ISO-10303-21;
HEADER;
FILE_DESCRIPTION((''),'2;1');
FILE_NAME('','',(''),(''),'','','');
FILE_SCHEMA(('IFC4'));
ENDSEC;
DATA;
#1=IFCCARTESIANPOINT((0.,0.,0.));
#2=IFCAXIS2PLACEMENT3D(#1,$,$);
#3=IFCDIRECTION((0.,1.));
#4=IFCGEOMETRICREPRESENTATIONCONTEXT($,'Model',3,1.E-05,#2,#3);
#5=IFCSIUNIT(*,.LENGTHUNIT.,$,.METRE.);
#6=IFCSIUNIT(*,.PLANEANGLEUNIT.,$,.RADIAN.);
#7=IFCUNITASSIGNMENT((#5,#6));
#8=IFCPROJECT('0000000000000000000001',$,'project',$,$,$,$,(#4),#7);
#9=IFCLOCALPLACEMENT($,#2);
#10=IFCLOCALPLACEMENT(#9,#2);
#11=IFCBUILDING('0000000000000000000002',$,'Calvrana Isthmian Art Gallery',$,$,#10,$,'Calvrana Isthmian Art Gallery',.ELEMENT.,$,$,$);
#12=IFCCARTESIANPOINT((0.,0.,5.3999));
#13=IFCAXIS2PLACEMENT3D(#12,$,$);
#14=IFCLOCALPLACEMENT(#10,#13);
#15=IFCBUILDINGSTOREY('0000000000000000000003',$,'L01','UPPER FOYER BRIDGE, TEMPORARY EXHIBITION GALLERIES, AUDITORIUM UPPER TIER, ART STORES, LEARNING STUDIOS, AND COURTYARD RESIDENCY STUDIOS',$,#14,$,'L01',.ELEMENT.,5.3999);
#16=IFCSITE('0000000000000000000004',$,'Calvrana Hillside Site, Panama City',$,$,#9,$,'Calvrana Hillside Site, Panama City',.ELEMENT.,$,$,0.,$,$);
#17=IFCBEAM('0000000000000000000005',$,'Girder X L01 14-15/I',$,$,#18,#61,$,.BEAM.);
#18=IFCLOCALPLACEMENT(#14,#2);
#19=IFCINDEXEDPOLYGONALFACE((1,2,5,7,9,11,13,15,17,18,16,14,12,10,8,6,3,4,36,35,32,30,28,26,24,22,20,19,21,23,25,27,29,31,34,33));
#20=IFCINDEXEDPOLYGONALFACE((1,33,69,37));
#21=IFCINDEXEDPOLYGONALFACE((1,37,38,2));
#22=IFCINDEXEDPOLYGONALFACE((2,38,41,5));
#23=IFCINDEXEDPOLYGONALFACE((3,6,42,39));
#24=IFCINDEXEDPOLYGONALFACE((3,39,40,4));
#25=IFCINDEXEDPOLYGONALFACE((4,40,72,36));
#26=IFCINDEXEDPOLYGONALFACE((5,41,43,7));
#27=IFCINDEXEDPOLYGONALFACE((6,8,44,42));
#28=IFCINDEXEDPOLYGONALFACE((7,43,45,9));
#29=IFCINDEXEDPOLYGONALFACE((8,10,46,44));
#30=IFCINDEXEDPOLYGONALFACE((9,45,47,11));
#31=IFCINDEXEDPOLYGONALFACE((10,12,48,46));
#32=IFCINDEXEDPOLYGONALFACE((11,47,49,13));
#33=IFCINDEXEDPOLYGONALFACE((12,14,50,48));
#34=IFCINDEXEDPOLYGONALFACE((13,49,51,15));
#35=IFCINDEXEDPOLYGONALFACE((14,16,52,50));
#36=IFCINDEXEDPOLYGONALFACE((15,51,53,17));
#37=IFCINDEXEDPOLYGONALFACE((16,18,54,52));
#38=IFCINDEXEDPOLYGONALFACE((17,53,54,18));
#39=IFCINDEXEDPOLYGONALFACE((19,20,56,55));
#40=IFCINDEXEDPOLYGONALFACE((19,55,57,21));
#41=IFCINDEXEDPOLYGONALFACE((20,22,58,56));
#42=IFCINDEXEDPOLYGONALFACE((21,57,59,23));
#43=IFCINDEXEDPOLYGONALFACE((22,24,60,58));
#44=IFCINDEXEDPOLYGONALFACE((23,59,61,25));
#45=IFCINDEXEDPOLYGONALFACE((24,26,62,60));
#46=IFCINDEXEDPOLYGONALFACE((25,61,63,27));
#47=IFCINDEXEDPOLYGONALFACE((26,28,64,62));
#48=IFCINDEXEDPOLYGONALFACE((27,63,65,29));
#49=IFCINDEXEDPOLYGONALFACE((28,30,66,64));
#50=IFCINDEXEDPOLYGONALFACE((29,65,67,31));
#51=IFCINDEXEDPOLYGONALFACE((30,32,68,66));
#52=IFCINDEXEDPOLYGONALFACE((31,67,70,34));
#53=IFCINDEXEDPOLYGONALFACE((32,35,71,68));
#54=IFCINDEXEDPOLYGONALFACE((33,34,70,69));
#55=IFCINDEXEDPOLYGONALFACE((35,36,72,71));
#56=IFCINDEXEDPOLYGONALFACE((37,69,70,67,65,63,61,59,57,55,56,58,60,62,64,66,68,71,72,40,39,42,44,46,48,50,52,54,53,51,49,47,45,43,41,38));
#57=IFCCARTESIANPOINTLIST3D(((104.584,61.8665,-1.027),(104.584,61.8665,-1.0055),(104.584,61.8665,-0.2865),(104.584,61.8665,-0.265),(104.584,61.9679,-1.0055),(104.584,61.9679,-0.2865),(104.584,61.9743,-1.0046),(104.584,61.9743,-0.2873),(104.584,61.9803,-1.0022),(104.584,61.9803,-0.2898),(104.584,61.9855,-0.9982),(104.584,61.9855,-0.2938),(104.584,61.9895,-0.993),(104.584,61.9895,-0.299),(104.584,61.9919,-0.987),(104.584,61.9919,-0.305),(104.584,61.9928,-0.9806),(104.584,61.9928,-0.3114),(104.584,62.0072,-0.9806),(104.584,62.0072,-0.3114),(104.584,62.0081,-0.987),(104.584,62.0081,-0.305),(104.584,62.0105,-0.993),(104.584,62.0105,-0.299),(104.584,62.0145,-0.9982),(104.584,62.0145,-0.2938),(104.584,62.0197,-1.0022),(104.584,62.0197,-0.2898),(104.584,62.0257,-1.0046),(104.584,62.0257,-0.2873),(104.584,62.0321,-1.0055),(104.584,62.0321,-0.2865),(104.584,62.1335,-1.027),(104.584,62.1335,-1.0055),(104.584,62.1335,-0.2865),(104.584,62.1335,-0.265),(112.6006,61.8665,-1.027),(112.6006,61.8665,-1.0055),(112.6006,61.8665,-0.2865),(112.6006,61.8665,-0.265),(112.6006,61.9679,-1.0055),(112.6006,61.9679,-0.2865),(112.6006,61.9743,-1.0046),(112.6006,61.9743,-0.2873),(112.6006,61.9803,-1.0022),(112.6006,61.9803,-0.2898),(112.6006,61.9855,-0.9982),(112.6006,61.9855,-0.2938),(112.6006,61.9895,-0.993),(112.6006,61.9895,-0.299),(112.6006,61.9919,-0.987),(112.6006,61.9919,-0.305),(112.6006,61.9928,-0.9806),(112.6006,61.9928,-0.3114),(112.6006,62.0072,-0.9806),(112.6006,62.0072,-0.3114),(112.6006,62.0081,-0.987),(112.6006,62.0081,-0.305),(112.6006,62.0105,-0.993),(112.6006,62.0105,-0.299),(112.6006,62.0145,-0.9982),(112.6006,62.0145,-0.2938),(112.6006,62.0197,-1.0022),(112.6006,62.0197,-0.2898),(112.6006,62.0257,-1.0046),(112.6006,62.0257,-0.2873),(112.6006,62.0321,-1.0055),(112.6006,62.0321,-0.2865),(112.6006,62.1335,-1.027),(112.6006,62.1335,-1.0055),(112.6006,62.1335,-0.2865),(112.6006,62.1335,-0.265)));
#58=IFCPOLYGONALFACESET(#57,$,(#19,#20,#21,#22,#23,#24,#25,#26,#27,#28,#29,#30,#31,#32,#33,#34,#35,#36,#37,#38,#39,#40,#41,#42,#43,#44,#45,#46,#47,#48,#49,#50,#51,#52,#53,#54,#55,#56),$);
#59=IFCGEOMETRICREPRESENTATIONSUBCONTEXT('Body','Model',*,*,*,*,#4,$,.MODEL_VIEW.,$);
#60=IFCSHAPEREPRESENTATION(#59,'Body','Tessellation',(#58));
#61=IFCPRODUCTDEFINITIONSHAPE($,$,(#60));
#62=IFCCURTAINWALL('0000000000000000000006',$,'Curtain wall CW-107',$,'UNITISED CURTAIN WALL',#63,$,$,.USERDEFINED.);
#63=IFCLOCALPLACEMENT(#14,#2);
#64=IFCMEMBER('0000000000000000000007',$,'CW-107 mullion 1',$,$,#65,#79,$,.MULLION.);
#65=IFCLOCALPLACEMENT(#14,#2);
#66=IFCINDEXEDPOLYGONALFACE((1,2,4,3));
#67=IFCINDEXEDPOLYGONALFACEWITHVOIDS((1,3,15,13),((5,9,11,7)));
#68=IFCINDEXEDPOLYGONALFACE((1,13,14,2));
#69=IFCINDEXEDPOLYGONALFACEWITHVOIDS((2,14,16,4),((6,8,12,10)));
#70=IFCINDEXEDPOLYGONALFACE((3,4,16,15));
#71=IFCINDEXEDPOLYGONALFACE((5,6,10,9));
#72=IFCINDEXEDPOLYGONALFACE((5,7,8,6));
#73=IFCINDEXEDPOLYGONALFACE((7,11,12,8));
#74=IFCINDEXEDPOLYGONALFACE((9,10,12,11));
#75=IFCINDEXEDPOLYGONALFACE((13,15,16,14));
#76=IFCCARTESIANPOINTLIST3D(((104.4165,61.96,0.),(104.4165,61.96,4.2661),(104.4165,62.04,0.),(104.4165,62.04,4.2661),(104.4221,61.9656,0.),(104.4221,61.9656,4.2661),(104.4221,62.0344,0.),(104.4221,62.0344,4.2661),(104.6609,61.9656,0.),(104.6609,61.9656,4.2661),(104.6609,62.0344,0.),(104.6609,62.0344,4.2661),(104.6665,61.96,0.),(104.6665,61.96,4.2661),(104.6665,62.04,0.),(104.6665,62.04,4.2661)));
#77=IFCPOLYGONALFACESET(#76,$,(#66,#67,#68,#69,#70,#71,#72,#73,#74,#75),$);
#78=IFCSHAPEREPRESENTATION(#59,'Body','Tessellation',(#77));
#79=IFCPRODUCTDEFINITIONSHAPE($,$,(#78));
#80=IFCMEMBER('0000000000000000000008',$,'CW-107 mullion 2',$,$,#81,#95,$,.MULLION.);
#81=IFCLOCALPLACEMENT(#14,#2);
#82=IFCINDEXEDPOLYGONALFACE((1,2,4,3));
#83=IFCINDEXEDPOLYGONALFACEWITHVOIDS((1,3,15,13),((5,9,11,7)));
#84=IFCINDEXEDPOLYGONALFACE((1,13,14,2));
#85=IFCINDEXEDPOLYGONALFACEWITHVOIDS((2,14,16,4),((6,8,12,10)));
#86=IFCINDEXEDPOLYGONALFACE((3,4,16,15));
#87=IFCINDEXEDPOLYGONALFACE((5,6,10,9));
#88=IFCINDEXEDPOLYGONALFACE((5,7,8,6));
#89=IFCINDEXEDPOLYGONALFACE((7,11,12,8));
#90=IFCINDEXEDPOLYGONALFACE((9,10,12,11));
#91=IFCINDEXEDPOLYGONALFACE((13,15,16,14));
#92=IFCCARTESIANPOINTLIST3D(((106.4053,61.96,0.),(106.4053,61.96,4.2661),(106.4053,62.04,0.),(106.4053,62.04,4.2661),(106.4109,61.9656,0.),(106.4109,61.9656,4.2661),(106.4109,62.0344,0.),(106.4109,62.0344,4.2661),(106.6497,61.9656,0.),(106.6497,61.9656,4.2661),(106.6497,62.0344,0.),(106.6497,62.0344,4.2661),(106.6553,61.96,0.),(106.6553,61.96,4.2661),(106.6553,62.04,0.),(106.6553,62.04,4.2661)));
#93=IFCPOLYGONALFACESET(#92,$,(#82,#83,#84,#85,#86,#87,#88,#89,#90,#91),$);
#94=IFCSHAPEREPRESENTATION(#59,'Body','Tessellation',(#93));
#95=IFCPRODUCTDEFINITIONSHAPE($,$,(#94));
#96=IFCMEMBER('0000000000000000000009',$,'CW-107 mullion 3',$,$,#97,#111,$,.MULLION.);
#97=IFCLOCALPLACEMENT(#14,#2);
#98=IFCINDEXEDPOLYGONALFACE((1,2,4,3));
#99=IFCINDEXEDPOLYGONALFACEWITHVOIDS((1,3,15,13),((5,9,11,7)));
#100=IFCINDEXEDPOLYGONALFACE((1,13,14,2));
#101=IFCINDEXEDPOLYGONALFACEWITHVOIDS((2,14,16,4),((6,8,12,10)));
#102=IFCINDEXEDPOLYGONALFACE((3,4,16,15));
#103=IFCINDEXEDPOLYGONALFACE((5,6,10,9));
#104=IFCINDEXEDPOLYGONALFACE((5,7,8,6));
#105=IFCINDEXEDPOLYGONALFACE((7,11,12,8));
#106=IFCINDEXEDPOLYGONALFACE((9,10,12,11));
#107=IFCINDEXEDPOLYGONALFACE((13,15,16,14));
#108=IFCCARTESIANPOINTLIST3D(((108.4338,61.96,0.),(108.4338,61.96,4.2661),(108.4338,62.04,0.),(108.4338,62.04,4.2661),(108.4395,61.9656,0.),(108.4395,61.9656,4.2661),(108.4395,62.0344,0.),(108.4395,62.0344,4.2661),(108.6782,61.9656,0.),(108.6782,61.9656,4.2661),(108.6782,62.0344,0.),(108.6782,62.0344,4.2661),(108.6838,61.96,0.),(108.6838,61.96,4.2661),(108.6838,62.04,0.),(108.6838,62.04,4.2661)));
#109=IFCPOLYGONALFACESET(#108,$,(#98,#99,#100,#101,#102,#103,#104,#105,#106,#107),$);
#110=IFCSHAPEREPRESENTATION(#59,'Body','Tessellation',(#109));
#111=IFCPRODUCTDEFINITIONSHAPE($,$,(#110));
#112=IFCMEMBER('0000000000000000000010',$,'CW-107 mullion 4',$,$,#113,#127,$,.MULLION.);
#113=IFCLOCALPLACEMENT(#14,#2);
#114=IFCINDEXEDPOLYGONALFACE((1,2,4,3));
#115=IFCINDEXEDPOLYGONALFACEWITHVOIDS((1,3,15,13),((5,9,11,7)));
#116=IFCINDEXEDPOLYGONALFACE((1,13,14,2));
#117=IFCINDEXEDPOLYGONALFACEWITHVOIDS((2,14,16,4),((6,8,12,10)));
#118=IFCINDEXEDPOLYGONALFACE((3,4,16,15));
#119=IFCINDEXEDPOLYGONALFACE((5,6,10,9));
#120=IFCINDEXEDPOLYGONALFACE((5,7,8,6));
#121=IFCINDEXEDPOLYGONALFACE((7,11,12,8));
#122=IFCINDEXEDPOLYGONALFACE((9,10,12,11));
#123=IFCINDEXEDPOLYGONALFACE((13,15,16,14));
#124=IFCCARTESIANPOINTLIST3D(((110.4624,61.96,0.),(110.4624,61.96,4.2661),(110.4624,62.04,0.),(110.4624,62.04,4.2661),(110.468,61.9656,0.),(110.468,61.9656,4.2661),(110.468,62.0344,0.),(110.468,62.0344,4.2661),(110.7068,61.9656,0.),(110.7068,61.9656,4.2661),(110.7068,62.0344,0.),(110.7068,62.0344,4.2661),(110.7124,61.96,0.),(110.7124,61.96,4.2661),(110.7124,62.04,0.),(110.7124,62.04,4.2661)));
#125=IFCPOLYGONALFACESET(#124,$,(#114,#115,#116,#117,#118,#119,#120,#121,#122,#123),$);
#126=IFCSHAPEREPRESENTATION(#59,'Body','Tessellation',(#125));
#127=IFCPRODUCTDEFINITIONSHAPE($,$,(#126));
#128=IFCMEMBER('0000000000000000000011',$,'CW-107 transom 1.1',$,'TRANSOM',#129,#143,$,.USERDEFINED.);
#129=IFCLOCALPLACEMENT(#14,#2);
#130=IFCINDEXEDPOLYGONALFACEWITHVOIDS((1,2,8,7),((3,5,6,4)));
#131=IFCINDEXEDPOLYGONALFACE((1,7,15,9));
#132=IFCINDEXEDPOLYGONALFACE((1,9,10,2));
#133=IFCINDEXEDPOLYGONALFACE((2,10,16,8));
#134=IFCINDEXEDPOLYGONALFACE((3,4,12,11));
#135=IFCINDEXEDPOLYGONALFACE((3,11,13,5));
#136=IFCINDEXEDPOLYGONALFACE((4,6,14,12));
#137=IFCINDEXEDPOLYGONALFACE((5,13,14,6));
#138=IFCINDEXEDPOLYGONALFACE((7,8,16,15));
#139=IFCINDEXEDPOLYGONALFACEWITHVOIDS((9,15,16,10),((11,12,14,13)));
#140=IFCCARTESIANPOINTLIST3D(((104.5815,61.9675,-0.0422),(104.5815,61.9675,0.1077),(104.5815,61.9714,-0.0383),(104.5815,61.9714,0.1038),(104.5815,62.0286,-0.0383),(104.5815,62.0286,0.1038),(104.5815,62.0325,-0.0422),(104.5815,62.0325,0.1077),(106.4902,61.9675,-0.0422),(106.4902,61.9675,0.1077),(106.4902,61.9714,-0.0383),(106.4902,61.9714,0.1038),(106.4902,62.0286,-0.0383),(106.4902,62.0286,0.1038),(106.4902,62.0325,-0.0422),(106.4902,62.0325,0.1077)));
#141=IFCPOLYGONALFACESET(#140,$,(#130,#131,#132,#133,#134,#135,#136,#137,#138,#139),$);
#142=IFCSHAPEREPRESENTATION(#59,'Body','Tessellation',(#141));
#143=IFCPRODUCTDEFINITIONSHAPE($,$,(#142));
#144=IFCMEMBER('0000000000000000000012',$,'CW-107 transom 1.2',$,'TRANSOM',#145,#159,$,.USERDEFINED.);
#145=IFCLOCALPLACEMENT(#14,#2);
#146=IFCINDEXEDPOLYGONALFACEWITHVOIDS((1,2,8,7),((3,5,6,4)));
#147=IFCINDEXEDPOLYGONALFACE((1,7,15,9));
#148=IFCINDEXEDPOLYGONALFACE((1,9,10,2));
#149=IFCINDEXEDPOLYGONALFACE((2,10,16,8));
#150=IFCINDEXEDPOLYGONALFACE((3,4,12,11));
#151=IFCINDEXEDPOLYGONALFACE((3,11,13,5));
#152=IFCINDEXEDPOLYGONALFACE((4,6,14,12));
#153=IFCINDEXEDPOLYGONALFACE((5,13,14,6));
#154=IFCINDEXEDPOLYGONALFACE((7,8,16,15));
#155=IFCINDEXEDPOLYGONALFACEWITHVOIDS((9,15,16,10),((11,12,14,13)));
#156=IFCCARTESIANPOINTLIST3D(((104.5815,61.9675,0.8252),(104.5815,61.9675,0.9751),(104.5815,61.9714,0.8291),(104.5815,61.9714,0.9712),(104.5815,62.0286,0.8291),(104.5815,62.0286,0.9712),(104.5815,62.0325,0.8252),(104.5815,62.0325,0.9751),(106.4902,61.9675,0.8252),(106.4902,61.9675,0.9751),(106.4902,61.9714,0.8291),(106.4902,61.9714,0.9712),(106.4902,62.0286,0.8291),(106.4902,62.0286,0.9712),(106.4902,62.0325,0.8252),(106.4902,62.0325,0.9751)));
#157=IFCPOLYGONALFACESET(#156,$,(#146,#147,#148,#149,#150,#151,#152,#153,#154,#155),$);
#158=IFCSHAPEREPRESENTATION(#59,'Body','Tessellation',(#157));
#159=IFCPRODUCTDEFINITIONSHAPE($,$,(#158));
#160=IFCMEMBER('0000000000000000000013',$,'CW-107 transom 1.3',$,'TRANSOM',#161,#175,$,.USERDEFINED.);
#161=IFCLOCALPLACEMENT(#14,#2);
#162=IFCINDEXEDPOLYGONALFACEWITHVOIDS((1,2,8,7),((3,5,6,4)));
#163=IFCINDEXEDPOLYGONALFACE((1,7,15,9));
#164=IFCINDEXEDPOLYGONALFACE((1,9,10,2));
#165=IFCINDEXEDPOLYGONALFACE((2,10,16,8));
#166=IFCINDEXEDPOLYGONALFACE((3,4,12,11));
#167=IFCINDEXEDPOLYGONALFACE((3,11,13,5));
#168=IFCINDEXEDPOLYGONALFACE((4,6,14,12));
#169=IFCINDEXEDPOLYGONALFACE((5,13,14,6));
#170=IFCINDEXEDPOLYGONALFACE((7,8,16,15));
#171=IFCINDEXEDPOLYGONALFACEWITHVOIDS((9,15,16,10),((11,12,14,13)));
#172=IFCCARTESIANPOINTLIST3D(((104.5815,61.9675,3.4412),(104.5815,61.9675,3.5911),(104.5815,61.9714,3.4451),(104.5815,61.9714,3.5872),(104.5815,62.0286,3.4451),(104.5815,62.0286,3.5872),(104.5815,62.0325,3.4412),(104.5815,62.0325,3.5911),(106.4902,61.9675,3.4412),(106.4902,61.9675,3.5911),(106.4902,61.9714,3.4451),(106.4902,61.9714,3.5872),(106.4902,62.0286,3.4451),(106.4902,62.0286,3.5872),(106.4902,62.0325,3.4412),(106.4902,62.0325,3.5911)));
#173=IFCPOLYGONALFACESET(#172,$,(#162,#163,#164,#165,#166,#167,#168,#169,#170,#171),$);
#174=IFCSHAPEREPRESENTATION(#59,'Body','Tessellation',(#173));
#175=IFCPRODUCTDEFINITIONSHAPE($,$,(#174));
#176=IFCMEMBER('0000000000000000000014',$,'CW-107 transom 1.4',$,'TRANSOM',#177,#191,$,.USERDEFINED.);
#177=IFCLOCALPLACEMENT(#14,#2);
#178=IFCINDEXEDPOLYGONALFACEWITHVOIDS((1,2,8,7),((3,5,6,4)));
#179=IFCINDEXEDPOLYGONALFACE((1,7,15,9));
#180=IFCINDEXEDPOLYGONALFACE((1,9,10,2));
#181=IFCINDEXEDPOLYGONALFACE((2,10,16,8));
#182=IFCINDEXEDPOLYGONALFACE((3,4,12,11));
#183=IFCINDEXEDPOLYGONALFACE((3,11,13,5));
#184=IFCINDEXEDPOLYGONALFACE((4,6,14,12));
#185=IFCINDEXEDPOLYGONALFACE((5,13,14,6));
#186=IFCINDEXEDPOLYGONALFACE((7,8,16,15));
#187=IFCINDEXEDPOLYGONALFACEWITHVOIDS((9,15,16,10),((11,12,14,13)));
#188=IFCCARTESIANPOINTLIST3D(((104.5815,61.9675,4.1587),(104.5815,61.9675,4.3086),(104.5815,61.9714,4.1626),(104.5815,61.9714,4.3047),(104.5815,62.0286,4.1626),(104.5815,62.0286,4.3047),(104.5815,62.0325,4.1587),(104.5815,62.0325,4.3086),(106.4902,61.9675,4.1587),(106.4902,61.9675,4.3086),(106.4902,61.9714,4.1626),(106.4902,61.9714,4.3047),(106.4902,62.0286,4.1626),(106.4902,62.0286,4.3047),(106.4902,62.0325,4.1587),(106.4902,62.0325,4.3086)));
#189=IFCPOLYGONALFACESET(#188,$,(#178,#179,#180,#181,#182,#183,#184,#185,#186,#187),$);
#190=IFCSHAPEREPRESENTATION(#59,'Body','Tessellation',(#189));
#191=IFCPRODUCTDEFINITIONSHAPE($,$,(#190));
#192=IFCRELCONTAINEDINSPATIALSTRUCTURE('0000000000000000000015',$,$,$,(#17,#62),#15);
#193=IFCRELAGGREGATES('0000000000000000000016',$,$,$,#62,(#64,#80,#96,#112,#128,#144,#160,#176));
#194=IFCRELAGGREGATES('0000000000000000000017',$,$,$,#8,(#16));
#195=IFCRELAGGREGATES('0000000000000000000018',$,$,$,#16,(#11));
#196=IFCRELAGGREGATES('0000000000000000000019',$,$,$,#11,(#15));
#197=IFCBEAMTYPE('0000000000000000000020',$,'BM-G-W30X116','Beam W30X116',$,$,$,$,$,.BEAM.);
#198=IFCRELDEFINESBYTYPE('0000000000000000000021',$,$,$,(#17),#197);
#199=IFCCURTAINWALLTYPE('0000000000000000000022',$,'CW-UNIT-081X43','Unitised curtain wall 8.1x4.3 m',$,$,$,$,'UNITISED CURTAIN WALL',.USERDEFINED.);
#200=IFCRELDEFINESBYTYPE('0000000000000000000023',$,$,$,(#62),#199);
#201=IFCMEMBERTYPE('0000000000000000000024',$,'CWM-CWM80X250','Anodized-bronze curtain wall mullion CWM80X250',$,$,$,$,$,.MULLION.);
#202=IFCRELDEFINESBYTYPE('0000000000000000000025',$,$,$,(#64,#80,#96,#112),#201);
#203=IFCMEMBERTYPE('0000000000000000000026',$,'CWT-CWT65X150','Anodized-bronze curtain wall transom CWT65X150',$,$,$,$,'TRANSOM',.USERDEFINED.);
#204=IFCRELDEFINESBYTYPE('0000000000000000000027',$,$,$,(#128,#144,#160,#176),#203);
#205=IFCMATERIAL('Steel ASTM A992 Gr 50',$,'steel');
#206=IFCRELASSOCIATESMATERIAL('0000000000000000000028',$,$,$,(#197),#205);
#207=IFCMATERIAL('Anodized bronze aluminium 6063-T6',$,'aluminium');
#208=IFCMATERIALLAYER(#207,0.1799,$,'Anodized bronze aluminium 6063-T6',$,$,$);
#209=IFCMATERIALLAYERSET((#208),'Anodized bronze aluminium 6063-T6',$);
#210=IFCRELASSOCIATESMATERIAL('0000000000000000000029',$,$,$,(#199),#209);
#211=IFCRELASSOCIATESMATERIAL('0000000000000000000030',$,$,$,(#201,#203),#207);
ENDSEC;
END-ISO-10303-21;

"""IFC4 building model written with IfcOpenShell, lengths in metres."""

from ifc_helpers import new_model, si_unit, direction, frame, origin, origin_2d, place, context, subcontext, project, spatial, hollow_rectangle, i_section, extrude, material, layer, layer_set, material_profile, profile_set, type_object, element, aggregate, save


model = new_model("IFC4")

# Units and contexts
model_context = context("Model", 3, precision=1e-05, world=origin(), true_north=direction((0.0, 1.0)))
body_context = subcontext(model_context, "Body", "Model", "MODEL_VIEW")
ifc_project = project(units=[si_unit("LENGTHUNIT", "METRE"), si_unit("PLANEANGLEUNIT", "RADIAN")], contexts=[model_context])

# Site, building, storey
site_placement = place(None, origin())
site = spatial("IfcSite", under=ifc_project, at=site_placement, Name="Calvrana Hillside Site, Panama City", LongName="Calvrana Hillside Site, Panama City", CompositionType="ELEMENT", RefElevation=0.0)
building_placement = place(site_placement, origin())
building = spatial("IfcBuilding", under=site, at=building_placement, Name="Calvrana Isthmian Art Gallery", LongName="Calvrana Isthmian Art Gallery", CompositionType="ELEMENT")
storey_placement = place(building_placement, frame((0.0, 0.0, 5.3999)))
storey = spatial("IfcBuildingStorey", under=building, at=storey_placement, Name="L01", Description="UPPER FOYER BRIDGE, TEMPORARY EXHIBITION GALLERIES, AUDITORIUM UPPER TIER, ART STORES, LEARNING STUDIOS, AND COURTYARD RESIDENCY STUDIOS", LongName="L01", CompositionType="ELEMENT", Elevation=5.3999)

# Beam
ifc_material_1 = material(Name="Steel ASTM A992 Gr 50", Category="steel")
ifc_material_profile_1 = material_profile(ifc_material_1, i_section(OverallWidth=0.2671, OverallDepth=0.762, WebThickness=0.0144, FlangeThickness=0.0215, FilletRadius=0.0249, at=origin_2d()), Name="W30X116")
ifc_profile_set_1 = profile_set([ifc_material_profile_1], Name="Steel ASTM A992 Gr 50")
beam_type = type_object("IfcBeamType", Name="BM-G-W30X116", Description="Beam W30X116", PredefinedType="BEAM", material=ifc_profile_set_1)
beam_placement = place(storey_placement, frame((104.584, 62.0, -0.646), z_axis=(1.0, 0.0, 0.0), x_axis=(0.0, 1.0, 0.0)))
element("IfcBeam", 1, at=beam_placement, inside=storey, type_object=beam_type, Name="Girder X L01 14-15/I", PredefinedType="BEAM", context=body_context, shape_type="SweptSolid", body=[
    extrude(i_section(OverallWidth=0.2671, OverallDepth=0.762, WebThickness=0.0144, FlangeThickness=0.0215, FilletRadius=0.0249, at=origin_2d()), origin(), (0.0, 0.0, 1.0), 8.0166),
])

# Curtain wall, members
ifc_material_2 = material(Name="Anodized bronze aluminium 6063-T6", Category="aluminium")
ifc_layer_1 = layer(ifc_material_2, 0.1799, Name="Anodized bronze aluminium 6063-T6")
ifc_layer_set_1 = layer_set([ifc_layer_1], Name="Anodized bronze aluminium 6063-T6")
curtain_wall_type = type_object("IfcCurtainWallType", Name="CW-UNIT-081X43", Description="Unitised curtain wall 8.1x4.3 m", ElementType="UNITISED CURTAIN WALL", PredefinedType="USERDEFINED", material=ifc_layer_set_1)
curtain_wall_placement = place(storey_placement, origin())
curtain_wall = element("IfcCurtainWall", 2, at=curtain_wall_placement, inside=storey, type_object=curtain_wall_type, Name="Curtain wall CW-107", ObjectType="UNITISED CURTAIN WALL", PredefinedType="USERDEFINED")
ifc_material_profile_2 = material_profile(ifc_material_2, hollow_rectangle(XDim=0.0801, YDim=0.25, WallThickness=0.0056, at=origin_2d()), Name="CWM80X250")
ifc_profile_set_2 = profile_set([ifc_material_profile_2], Name="Anodized bronze aluminium 6063-T6")
member_type_1 = type_object("IfcMemberType", Name="CWM-CWM80X250", Description="Anodized-bronze curtain wall mullion CWM80X250", PredefinedType="MULLION", material=ifc_profile_set_2)
member_1_placement = place(storey_placement, frame((104.5415, 62.0, 0.0), z_axis=(0.0, 0.0, 1.0), x_axis=(0.0, 1.0, 0.0)))
member_1 = element("IfcMember", 3, at=member_1_placement, type_object=member_type_1, Name="CW-107 mullion 1", PredefinedType="MULLION", context=body_context, shape_type="SweptSolid", body=[
    extrude(hollow_rectangle(XDim=0.0801, YDim=0.25, WallThickness=0.0056, at=origin_2d()), origin(), (0.0, 0.0, 1.0), 4.2661),
])
member_2_placement = place(storey_placement, frame((106.5303, 62.0, 0.0), z_axis=(0.0, 0.0, 1.0), x_axis=(0.0, 1.0, 0.0)))
member_2 = element("IfcMember", 4, at=member_2_placement, type_object=member_type_1, Name="CW-107 mullion 2", PredefinedType="MULLION", context=body_context, shape_type="SweptSolid", body=[
    extrude(hollow_rectangle(XDim=0.0801, YDim=0.25, WallThickness=0.0056, at=origin_2d()), origin(), (0.0, 0.0, 1.0), 4.2661),
])
member_3_placement = place(storey_placement, frame((108.5588, 62.0, 0.0), z_axis=(0.0, 0.0, 1.0), x_axis=(0.0, 1.0, 0.0)))
member_3 = element("IfcMember", 5, at=member_3_placement, type_object=member_type_1, Name="CW-107 mullion 3", PredefinedType="MULLION", context=body_context, shape_type="SweptSolid", body=[
    extrude(hollow_rectangle(XDim=0.0801, YDim=0.25, WallThickness=0.0056, at=origin_2d()), origin(), (0.0, 0.0, 1.0), 4.2661),
])
member_4_placement = place(storey_placement, frame((110.5874, 62.0, 0.0), z_axis=(0.0, 0.0, 1.0), x_axis=(0.0, 1.0, 0.0)))
member_4 = element("IfcMember", 6, at=member_4_placement, type_object=member_type_1, Name="CW-107 mullion 4", PredefinedType="MULLION", context=body_context, shape_type="SweptSolid", body=[
    extrude(hollow_rectangle(XDim=0.0801, YDim=0.25, WallThickness=0.0056, at=origin_2d()), origin(), (0.0, 0.0, 1.0), 4.2661),
])
ifc_material_profile_3 = material_profile(ifc_material_2, hollow_rectangle(XDim=0.0649, YDim=0.1499, WallThickness=0.0039, at=origin_2d()), Name="CWT65X150")
ifc_profile_set_3 = profile_set([ifc_material_profile_3], Name="Anodized bronze aluminium 6063-T6")
member_type_2 = type_object("IfcMemberType", Name="CWT-CWT65X150", Description="Anodized-bronze curtain wall transom CWT65X150", ElementType="TRANSOM", PredefinedType="USERDEFINED", material=ifc_profile_set_3)
member_5_placement = place(storey_placement, frame((104.5815, 62.0, 0.0327), z_axis=(1.0, 0.0, 0.0), x_axis=(0.0, 1.0, 0.0)))
member_5 = element("IfcMember", 7, at=member_5_placement, type_object=member_type_2, Name="CW-107 transom 1.1", ObjectType="TRANSOM", PredefinedType="USERDEFINED", context=body_context, shape_type="SweptSolid", body=[
    extrude(hollow_rectangle(XDim=0.0649, YDim=0.1499, WallThickness=0.0039, at=origin_2d()), origin(), (0.0, 0.0, 1.0), 1.9087),
])
member_6_placement = place(storey_placement, frame((104.5815, 62.0, 0.9001), z_axis=(1.0, 0.0, 0.0), x_axis=(0.0, 1.0, 0.0)))
member_6 = element("IfcMember", 8, at=member_6_placement, type_object=member_type_2, Name="CW-107 transom 1.2", ObjectType="TRANSOM", PredefinedType="USERDEFINED", context=body_context, shape_type="SweptSolid", body=[
    extrude(hollow_rectangle(XDim=0.0649, YDim=0.1499, WallThickness=0.0039, at=origin_2d()), origin(), (0.0, 0.0, 1.0), 1.9087),
])
member_7_placement = place(storey_placement, frame((104.5815, 62.0, 3.5161), z_axis=(1.0, 0.0, 0.0), x_axis=(0.0, 1.0, 0.0)))
member_7 = element("IfcMember", 9, at=member_7_placement, type_object=member_type_2, Name="CW-107 transom 1.3", ObjectType="TRANSOM", PredefinedType="USERDEFINED", context=body_context, shape_type="SweptSolid", body=[
    extrude(hollow_rectangle(XDim=0.0649, YDim=0.1499, WallThickness=0.0039, at=origin_2d()), origin(), (0.0, 0.0, 1.0), 1.9087),
])
member_8_placement = place(storey_placement, frame((104.5815, 62.0, 4.2336), z_axis=(1.0, 0.0, 0.0), x_axis=(0.0, 1.0, 0.0)))
member_8 = element("IfcMember", 10, at=member_8_placement, type_object=member_type_2, Name="CW-107 transom 1.4", ObjectType="TRANSOM", PredefinedType="USERDEFINED", context=body_context, shape_type="SweptSolid", body=[
    extrude(hollow_rectangle(XDim=0.0649, YDim=0.1499, WallThickness=0.0039, at=origin_2d()), origin(), (0.0, 0.0, 1.0), 1.9087),
])
aggregate(curtain_wall, [member_1, member_2, member_3, member_4, member_5, member_6, member_7, member_8])

save(model, "model.ifc")
